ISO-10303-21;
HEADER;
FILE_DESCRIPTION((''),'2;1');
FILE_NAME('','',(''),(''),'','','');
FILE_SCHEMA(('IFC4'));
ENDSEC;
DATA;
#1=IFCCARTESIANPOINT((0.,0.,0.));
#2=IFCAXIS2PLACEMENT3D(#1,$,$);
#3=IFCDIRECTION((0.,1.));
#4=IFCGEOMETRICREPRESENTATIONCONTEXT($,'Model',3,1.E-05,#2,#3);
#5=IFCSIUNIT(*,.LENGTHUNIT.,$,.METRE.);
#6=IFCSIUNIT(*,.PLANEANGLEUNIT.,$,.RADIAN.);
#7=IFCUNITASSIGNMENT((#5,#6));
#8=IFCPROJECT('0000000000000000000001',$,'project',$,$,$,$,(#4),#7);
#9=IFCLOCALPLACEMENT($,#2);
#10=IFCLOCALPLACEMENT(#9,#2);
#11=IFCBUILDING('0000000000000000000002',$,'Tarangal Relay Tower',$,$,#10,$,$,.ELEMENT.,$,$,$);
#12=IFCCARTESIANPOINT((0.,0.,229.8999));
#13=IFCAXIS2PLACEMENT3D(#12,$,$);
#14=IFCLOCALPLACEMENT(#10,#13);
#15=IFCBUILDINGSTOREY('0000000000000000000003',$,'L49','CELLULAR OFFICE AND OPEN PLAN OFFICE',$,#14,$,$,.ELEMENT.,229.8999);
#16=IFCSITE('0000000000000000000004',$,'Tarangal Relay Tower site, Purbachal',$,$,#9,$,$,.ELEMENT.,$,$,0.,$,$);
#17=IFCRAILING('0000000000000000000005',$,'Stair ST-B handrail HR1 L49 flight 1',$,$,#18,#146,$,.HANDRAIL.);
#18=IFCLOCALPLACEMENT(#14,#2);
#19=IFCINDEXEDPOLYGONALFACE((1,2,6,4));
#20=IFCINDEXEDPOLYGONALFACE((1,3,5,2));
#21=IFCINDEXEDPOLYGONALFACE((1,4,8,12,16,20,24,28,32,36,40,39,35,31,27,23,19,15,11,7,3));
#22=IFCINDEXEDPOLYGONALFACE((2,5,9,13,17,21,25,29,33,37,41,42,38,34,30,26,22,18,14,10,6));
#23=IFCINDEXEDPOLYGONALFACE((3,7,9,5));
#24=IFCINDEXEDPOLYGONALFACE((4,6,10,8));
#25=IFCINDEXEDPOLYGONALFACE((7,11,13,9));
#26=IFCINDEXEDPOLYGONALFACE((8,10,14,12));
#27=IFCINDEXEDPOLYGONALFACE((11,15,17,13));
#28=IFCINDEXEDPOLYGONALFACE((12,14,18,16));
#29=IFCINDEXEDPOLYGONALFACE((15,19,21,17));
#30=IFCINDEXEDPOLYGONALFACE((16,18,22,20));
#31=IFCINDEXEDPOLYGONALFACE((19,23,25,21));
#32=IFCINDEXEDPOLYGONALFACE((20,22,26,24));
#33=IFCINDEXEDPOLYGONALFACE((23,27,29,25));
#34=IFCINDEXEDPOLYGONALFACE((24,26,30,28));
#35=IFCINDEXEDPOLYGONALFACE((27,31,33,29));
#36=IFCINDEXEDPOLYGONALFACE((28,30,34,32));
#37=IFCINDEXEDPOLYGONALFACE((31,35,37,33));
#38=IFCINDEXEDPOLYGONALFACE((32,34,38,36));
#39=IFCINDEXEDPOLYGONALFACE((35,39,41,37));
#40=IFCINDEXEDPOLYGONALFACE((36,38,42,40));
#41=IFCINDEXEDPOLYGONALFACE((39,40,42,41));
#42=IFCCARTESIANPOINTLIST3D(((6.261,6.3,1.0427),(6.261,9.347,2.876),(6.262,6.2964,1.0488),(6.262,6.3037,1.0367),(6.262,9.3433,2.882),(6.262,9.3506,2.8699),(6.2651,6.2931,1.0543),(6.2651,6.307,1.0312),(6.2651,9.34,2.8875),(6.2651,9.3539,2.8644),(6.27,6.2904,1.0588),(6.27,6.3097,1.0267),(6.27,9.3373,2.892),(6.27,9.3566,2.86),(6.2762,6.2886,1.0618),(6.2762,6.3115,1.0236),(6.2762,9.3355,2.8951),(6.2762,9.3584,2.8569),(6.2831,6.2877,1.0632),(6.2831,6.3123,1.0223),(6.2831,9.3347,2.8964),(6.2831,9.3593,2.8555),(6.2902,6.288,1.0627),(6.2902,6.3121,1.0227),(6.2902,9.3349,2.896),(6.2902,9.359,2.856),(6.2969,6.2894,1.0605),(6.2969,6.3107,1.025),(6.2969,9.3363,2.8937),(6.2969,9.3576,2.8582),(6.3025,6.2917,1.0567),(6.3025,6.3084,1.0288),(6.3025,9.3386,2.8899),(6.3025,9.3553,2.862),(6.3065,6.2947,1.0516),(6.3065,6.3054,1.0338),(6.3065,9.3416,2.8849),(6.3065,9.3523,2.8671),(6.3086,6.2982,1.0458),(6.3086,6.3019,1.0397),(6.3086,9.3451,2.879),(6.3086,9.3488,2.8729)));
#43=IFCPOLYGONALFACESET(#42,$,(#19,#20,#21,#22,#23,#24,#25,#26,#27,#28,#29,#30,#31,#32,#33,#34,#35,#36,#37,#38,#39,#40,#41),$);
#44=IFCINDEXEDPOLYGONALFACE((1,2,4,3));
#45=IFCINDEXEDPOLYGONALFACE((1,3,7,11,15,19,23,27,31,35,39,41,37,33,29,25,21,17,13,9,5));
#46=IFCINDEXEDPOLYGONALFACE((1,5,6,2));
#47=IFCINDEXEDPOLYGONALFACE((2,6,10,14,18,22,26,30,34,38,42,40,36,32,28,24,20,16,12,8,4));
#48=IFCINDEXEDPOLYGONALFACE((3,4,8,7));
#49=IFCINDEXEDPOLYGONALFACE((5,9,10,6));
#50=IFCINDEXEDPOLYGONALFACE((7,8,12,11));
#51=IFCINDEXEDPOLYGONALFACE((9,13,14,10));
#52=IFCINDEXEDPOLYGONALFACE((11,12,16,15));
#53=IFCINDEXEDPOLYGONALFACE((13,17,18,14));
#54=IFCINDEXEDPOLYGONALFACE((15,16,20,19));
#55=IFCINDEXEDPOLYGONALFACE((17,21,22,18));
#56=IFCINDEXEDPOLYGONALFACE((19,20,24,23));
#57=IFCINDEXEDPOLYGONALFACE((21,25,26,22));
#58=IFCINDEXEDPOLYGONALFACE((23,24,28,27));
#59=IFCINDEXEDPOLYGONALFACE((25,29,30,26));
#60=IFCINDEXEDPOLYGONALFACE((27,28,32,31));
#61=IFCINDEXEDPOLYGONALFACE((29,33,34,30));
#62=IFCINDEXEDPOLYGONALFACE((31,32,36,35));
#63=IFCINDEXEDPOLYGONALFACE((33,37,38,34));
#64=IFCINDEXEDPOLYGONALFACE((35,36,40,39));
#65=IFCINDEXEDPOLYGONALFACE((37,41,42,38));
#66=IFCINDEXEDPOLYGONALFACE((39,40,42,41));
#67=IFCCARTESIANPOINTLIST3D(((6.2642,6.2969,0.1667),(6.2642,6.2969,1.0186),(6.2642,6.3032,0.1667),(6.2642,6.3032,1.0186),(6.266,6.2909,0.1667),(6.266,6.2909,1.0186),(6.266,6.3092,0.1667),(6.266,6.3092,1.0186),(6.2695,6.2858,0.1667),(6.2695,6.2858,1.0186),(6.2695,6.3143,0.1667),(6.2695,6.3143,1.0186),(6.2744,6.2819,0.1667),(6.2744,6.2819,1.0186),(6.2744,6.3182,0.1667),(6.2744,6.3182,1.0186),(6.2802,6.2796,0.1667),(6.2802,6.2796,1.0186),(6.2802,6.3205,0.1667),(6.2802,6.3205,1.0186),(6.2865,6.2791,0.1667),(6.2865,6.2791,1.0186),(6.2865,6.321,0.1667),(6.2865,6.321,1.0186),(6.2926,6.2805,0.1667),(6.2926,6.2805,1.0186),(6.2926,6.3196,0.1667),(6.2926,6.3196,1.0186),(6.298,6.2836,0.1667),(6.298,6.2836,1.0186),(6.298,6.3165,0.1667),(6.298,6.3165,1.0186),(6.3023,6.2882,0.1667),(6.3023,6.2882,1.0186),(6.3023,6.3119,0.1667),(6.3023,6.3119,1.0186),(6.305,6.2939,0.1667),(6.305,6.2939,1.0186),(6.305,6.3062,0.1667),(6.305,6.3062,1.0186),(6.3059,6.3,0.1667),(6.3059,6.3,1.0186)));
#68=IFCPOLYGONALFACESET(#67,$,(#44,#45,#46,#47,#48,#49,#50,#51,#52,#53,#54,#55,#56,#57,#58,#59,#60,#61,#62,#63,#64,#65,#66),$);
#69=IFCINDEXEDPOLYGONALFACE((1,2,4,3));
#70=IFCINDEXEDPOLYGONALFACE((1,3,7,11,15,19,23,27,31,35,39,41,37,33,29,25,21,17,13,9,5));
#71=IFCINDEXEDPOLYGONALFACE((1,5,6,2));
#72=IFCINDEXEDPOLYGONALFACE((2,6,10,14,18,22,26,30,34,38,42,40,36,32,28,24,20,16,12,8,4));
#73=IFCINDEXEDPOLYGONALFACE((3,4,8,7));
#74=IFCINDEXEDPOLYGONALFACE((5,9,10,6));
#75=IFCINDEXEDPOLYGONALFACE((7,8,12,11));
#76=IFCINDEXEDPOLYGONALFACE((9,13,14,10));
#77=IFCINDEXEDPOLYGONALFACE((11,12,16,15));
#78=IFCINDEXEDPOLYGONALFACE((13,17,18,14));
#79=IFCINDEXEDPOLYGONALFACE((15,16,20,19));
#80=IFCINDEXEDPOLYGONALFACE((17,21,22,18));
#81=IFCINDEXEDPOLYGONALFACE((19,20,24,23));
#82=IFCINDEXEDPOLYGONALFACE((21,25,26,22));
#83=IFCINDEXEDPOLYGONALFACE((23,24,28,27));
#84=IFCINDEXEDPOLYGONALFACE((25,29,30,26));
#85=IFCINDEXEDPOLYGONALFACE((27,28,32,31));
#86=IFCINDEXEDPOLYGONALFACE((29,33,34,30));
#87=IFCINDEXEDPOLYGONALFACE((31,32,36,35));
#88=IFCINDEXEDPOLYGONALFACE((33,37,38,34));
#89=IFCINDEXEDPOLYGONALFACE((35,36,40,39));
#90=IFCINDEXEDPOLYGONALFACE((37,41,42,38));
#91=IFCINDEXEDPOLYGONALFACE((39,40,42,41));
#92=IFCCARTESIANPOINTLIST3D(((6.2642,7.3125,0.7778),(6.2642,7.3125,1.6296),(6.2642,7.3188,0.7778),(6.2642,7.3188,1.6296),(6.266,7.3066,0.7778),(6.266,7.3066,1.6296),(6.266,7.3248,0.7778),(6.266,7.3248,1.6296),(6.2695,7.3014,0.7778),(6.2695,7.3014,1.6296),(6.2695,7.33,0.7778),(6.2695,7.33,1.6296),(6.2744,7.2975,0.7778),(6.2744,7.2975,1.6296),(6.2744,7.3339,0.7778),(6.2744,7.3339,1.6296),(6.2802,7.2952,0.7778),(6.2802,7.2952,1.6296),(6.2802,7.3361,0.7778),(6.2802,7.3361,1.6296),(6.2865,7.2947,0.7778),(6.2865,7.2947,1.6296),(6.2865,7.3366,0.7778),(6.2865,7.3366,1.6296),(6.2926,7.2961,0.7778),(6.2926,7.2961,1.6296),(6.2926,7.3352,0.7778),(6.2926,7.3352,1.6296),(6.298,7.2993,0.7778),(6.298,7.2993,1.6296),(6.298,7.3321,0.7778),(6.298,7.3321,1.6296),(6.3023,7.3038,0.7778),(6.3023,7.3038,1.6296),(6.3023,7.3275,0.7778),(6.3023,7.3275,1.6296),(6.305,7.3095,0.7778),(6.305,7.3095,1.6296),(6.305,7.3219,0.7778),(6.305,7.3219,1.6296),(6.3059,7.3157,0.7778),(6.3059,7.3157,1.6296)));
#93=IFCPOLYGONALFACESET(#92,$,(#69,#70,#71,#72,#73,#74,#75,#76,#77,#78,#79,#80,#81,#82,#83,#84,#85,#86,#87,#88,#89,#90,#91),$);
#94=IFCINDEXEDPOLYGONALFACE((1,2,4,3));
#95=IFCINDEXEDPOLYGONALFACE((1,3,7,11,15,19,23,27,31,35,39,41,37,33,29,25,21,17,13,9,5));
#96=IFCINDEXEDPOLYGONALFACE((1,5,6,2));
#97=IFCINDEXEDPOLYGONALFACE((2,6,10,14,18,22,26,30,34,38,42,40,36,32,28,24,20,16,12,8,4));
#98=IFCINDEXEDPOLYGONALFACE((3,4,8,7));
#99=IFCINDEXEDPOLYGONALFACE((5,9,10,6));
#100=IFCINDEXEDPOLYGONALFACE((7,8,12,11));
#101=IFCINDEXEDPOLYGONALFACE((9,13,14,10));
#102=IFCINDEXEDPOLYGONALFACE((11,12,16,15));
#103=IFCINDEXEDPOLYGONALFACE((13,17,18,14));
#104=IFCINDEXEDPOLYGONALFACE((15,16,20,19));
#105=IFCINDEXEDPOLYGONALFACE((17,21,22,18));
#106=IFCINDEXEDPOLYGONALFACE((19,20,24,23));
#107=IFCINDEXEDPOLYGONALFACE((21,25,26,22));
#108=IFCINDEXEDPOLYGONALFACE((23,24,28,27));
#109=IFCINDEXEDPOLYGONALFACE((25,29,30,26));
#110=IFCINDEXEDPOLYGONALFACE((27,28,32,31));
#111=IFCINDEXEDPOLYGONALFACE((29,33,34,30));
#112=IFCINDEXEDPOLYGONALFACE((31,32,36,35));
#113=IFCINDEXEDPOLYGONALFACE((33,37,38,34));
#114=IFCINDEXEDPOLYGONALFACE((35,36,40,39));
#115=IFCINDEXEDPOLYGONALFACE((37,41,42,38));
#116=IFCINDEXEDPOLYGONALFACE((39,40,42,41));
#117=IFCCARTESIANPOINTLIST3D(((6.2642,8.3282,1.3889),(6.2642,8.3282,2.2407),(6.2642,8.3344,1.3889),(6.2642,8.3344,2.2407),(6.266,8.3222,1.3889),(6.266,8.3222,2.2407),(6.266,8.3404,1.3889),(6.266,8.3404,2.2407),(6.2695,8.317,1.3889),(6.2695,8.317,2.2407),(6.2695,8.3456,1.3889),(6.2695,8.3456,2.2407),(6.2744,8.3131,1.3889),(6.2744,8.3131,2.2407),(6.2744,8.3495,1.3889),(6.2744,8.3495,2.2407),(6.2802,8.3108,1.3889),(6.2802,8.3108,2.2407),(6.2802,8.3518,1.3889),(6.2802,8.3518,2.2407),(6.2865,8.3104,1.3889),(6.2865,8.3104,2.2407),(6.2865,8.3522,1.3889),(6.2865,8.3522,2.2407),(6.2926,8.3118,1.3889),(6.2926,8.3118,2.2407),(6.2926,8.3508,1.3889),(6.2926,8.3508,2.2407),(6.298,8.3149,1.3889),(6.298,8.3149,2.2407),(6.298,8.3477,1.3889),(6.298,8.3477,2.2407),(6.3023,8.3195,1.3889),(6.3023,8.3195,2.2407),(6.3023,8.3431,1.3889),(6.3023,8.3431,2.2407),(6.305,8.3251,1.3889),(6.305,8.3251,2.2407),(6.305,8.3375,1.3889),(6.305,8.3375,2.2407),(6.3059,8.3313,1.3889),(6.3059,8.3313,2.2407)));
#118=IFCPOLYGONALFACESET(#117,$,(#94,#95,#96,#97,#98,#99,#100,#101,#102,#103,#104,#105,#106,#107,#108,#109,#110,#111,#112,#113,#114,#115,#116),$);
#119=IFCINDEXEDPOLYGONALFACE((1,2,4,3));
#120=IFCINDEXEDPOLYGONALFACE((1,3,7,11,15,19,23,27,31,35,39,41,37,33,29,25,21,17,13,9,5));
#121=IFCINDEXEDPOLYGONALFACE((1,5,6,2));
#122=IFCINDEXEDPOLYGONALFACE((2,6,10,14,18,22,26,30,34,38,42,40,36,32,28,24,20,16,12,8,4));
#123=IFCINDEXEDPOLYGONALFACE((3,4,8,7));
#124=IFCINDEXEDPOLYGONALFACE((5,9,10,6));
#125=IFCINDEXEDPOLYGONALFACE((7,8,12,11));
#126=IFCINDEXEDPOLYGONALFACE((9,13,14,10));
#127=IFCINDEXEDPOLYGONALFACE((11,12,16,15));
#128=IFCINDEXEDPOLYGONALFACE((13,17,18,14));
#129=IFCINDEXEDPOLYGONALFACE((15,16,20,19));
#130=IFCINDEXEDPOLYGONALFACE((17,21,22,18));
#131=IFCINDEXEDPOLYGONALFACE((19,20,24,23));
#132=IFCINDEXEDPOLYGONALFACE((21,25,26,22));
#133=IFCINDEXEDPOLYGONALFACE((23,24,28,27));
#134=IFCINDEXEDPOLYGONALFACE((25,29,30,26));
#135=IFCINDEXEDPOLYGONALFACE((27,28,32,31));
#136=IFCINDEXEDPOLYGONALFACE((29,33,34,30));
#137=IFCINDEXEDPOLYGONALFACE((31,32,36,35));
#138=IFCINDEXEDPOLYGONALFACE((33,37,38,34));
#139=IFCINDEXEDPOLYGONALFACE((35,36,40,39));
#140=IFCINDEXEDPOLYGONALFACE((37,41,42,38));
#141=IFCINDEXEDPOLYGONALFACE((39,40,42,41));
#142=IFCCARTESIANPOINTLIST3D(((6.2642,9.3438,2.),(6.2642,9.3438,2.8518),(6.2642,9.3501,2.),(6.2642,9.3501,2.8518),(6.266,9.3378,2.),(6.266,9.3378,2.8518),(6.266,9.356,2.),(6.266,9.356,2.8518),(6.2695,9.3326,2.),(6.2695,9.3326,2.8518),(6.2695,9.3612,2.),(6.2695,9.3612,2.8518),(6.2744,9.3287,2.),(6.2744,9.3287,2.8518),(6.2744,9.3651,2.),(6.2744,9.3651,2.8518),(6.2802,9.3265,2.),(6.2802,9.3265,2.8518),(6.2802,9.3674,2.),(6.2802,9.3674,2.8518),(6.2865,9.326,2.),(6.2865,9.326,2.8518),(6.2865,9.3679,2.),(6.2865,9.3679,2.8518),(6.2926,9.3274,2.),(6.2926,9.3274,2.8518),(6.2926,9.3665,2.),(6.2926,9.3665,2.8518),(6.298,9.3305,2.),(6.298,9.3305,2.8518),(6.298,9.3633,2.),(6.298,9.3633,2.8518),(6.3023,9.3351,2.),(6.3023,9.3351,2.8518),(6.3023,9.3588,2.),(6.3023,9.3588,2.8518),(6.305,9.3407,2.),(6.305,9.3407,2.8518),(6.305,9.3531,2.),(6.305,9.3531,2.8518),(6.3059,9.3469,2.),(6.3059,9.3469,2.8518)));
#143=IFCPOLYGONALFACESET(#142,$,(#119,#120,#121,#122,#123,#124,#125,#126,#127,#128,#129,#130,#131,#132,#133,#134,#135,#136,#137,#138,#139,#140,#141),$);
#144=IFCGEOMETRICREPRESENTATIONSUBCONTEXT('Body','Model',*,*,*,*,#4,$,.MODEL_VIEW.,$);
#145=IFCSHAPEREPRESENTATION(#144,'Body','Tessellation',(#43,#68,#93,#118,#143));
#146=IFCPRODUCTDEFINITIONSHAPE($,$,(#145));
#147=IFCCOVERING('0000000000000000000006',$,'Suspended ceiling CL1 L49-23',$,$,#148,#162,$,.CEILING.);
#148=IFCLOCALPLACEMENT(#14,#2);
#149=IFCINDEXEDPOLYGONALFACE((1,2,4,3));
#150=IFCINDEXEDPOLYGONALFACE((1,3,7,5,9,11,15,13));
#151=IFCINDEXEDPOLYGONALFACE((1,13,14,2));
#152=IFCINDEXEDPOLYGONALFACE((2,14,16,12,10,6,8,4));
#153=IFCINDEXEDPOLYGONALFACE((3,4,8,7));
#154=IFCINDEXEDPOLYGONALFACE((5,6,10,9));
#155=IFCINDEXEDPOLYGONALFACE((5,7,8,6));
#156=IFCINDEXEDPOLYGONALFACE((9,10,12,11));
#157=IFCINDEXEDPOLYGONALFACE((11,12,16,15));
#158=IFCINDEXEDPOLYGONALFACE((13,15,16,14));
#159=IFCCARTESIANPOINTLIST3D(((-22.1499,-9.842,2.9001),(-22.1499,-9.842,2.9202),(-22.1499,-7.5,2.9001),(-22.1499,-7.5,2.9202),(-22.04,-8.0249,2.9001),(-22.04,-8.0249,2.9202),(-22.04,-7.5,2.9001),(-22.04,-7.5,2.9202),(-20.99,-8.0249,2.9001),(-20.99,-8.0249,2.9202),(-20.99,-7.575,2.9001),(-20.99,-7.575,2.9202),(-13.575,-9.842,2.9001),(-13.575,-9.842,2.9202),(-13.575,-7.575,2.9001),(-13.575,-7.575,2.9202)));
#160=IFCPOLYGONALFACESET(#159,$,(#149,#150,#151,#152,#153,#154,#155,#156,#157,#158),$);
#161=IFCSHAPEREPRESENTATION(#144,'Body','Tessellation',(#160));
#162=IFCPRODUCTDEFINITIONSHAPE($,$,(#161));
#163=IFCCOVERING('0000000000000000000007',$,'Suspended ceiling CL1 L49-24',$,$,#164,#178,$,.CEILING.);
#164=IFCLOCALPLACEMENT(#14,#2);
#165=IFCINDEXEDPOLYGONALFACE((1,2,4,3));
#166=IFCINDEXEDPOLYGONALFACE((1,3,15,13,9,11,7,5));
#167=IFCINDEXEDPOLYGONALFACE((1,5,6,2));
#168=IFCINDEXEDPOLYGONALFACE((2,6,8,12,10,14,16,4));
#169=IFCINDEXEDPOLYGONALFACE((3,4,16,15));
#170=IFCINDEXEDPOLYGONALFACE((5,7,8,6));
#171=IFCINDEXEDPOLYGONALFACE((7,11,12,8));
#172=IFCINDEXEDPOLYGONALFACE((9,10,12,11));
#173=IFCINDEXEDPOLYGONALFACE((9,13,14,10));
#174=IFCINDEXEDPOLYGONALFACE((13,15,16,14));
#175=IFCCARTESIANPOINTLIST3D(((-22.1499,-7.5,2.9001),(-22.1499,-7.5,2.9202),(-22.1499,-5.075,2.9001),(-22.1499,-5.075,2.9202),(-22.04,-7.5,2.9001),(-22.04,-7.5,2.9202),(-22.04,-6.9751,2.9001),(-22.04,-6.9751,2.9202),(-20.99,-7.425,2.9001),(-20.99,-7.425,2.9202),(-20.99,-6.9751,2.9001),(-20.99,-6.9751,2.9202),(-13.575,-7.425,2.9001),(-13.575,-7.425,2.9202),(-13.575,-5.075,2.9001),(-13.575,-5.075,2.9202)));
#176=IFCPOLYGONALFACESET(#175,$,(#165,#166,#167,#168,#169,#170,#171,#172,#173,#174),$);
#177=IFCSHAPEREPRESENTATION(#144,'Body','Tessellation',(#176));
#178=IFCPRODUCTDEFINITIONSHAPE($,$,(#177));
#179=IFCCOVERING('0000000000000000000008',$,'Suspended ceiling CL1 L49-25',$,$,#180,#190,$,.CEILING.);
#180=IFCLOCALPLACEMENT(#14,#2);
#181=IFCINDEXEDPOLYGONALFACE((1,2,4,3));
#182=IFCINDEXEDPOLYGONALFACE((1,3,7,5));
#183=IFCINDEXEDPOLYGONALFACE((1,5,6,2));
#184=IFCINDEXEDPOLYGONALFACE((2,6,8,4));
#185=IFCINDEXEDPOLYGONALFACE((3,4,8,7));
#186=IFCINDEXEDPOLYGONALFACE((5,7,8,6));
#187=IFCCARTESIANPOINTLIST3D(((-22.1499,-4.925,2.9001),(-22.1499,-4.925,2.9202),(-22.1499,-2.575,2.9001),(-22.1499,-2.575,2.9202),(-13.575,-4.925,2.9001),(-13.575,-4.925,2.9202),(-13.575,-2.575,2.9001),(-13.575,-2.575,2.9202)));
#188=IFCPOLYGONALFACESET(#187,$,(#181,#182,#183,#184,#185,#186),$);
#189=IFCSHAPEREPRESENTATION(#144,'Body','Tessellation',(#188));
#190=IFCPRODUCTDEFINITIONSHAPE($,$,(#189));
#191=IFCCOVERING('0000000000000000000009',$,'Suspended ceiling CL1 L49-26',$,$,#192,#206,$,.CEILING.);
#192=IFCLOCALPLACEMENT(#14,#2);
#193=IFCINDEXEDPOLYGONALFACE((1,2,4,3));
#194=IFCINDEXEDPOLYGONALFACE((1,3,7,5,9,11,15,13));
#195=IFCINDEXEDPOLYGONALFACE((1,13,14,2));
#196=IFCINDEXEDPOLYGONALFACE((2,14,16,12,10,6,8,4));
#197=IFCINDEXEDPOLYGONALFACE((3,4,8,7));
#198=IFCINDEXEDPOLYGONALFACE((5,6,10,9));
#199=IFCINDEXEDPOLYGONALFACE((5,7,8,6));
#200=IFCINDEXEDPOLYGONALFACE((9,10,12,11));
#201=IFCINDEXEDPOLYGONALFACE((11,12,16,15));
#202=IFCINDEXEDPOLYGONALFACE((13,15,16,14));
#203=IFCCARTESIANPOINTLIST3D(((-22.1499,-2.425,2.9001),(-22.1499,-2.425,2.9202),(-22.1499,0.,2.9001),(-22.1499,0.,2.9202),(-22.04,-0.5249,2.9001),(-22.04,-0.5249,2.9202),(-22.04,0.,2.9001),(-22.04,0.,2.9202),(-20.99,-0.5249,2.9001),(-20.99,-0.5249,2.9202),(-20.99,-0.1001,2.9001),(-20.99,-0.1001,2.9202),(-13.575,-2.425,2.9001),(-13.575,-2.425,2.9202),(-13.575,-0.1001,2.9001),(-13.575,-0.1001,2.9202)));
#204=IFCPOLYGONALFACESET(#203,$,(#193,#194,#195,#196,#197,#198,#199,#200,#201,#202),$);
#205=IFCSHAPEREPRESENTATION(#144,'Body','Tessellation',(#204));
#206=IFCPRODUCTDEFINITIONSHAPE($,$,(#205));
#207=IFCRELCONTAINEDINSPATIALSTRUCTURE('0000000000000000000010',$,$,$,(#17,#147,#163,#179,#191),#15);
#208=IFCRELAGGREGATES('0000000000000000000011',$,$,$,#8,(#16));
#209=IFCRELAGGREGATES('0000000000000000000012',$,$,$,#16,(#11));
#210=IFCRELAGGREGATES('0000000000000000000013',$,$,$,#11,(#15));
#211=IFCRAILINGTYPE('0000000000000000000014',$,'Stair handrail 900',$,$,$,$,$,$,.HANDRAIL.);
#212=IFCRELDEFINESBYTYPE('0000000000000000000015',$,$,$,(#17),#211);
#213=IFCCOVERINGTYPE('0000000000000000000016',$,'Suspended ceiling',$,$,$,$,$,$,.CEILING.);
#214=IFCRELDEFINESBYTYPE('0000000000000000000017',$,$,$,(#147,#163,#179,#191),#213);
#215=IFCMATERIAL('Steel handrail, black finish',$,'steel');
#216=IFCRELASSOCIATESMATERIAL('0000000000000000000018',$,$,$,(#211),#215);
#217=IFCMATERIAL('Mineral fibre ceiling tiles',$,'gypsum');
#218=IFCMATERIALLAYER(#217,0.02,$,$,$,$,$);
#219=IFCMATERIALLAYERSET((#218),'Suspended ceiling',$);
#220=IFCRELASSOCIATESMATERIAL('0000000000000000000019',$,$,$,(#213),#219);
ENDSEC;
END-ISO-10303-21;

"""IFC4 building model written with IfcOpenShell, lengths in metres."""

from ifc_helpers import new_model, si_unit, direction, frame, origin, origin_2d, place, context, subcontext, project, spatial, polyline, circle, outline, extrude, material, layer, layer_set, type_object, element, save


model = new_model("IFC4")

# Units and contexts
model_context = context("Model", 3, precision=1e-05, world=origin(), true_north=direction((0.0, 1.0)))
body_context = subcontext(model_context, "Body", "Model", "MODEL_VIEW")
ifc_project = project(units=[si_unit("LENGTHUNIT", "METRE"), si_unit("PLANEANGLEUNIT", "RADIAN")], contexts=[model_context])

# Site, building, storey
site_placement = place(None, origin())
site = spatial("IfcSite", under=ifc_project, at=site_placement, Name="Tarangal Relay Tower site, Purbachal", CompositionType="ELEMENT", RefElevation=0.0)
building_placement = place(site_placement, origin())
building = spatial("IfcBuilding", under=site, at=building_placement, Name="Tarangal Relay Tower", CompositionType="ELEMENT")
storey_placement = place(building_placement, frame((0.0, 0.0, 229.8999)))
storey = spatial("IfcBuildingStorey", under=building, at=storey_placement, Name="L49", Description="CELLULAR OFFICE AND OPEN PLAN OFFICE", CompositionType="ELEMENT", Elevation=229.8999)

# Railing
ifc_material_1 = material(Name="Steel handrail, black finish", Category="steel")
railing_type_1 = type_object("IfcRailingType", Name="Stair handrail 900", PredefinedType="HANDRAIL", material=ifc_material_1)
railing_1_placement = place(storey_placement, frame((6.2849, 6.3, 0.1667)))
element("IfcRailing", 1, at=railing_1_placement, inside=storey, type_object=railing_type_1, Name="Stair ST-B handrail HR1 L49 flight 1", PredefinedType="HANDRAIL", context=body_context, shape_type="SweptSolid", body=[
    extrude(circle(Radius=0.0239, at=origin_2d()), frame((0.0, 0.0, 0.876), z_axis=(0.0, 0.856856, 0.515556), x_axis=(-1.0, 0.0, 0.0)), (0.0, 0.0, 1.0), 3.5559),
    extrude(circle(Radius=0.021, at=origin_2d()), origin(), (0.0, 0.0, 1.0), 0.8518),
    extrude(circle(Radius=0.021, at=origin_2d()), frame((0.0, 1.0156, 0.6111)), (0.0, 0.0, 1.0), 0.8518),
    extrude(circle(Radius=0.021, at=origin_2d()), frame((0.0, 2.0312, 1.2222)), (0.0, 0.0, 1.0), 0.8518),
    extrude(circle(Radius=0.021, at=origin_2d()), frame((0.0, 3.0469, 1.8333)), (0.0, 0.0, 1.0), 0.8518),
])

# Coverings
ifc_material_2 = material(Name="Mineral fibre ceiling tiles", Category="gypsum")
ifc_layer_1 = layer(ifc_material_2, 0.02)
ifc_layer_set_1 = layer_set([ifc_layer_1], Name="Suspended ceiling")
covering_type = type_object("IfcCoveringType", Name="Suspended ceiling", PredefinedType="CEILING", material=ifc_layer_set_1)
covering_1_placement = place(storey_placement, frame((0.0, 0.0, 2.9001)))
element("IfcCovering", 2, at=covering_1_placement, inside=storey, type_object=covering_type, Name="Suspended ceiling CL1 L49-23", PredefinedType="CEILING", context=body_context, shape_type="SweptSolid", body=[
    extrude(outline(polyline([(-22.1499, -7.5), (-22.1499, -9.842), (-13.575, -9.842), (-13.575, -7.575), (-20.99, -7.575), (-20.99, -8.0249), (-22.04, -8.0249), (-22.04, -7.5), (-22.1499, -7.5)])), origin(), (0.0, 0.0, 1.0), 0.02),
])
covering_2_placement = place(storey_placement, frame((0.0, 0.0, 2.9001)))
element("IfcCovering", 3, at=covering_2_placement, inside=storey, type_object=covering_type, Name="Suspended ceiling CL1 L49-24", PredefinedType="CEILING", context=body_context, shape_type="SweptSolid", body=[
    extrude(outline(polyline([(-22.1499, -5.075), (-22.1499, -7.5), (-22.04, -7.5), (-22.04, -6.9751), (-20.99, -6.9751), (-20.99, -7.425), (-13.575, -7.425), (-13.575, -5.075), (-22.1499, -5.075)])), origin(), (0.0, 0.0, 1.0), 0.02),
])
covering_3_placement = place(storey_placement, frame((0.0, 0.0, 2.9001)))
element("IfcCovering", 4, at=covering_3_placement, inside=storey, type_object=covering_type, Name="Suspended ceiling CL1 L49-25", PredefinedType="CEILING", context=body_context, shape_type="SweptSolid", body=[
    extrude(outline(polyline([(-22.1499, -4.925), (-13.575, -4.925), (-13.575, -2.575), (-22.1499, -2.575), (-22.1499, -4.925)])), origin(), (0.0, 0.0, 1.0), 0.02),
])
covering_4_placement = place(storey_placement, frame((0.0, 0.0, 2.9001)))
element("IfcCovering", 5, at=covering_4_placement, inside=storey, type_object=covering_type, Name="Suspended ceiling CL1 L49-26", PredefinedType="CEILING", context=body_context, shape_type="SweptSolid", body=[
    extrude(outline(polyline([(-22.1499, 0.0), (-22.1499, -2.425), (-13.575, -2.425), (-13.575, -0.1001), (-20.99, -0.1001), (-20.99, -0.5249), (-22.04, -0.5249), (-22.04, 0.0), (-22.1499, 0.0)])), origin(), (0.0, 0.0, 1.0), 0.02),
])

save(model, "model.ifc")
